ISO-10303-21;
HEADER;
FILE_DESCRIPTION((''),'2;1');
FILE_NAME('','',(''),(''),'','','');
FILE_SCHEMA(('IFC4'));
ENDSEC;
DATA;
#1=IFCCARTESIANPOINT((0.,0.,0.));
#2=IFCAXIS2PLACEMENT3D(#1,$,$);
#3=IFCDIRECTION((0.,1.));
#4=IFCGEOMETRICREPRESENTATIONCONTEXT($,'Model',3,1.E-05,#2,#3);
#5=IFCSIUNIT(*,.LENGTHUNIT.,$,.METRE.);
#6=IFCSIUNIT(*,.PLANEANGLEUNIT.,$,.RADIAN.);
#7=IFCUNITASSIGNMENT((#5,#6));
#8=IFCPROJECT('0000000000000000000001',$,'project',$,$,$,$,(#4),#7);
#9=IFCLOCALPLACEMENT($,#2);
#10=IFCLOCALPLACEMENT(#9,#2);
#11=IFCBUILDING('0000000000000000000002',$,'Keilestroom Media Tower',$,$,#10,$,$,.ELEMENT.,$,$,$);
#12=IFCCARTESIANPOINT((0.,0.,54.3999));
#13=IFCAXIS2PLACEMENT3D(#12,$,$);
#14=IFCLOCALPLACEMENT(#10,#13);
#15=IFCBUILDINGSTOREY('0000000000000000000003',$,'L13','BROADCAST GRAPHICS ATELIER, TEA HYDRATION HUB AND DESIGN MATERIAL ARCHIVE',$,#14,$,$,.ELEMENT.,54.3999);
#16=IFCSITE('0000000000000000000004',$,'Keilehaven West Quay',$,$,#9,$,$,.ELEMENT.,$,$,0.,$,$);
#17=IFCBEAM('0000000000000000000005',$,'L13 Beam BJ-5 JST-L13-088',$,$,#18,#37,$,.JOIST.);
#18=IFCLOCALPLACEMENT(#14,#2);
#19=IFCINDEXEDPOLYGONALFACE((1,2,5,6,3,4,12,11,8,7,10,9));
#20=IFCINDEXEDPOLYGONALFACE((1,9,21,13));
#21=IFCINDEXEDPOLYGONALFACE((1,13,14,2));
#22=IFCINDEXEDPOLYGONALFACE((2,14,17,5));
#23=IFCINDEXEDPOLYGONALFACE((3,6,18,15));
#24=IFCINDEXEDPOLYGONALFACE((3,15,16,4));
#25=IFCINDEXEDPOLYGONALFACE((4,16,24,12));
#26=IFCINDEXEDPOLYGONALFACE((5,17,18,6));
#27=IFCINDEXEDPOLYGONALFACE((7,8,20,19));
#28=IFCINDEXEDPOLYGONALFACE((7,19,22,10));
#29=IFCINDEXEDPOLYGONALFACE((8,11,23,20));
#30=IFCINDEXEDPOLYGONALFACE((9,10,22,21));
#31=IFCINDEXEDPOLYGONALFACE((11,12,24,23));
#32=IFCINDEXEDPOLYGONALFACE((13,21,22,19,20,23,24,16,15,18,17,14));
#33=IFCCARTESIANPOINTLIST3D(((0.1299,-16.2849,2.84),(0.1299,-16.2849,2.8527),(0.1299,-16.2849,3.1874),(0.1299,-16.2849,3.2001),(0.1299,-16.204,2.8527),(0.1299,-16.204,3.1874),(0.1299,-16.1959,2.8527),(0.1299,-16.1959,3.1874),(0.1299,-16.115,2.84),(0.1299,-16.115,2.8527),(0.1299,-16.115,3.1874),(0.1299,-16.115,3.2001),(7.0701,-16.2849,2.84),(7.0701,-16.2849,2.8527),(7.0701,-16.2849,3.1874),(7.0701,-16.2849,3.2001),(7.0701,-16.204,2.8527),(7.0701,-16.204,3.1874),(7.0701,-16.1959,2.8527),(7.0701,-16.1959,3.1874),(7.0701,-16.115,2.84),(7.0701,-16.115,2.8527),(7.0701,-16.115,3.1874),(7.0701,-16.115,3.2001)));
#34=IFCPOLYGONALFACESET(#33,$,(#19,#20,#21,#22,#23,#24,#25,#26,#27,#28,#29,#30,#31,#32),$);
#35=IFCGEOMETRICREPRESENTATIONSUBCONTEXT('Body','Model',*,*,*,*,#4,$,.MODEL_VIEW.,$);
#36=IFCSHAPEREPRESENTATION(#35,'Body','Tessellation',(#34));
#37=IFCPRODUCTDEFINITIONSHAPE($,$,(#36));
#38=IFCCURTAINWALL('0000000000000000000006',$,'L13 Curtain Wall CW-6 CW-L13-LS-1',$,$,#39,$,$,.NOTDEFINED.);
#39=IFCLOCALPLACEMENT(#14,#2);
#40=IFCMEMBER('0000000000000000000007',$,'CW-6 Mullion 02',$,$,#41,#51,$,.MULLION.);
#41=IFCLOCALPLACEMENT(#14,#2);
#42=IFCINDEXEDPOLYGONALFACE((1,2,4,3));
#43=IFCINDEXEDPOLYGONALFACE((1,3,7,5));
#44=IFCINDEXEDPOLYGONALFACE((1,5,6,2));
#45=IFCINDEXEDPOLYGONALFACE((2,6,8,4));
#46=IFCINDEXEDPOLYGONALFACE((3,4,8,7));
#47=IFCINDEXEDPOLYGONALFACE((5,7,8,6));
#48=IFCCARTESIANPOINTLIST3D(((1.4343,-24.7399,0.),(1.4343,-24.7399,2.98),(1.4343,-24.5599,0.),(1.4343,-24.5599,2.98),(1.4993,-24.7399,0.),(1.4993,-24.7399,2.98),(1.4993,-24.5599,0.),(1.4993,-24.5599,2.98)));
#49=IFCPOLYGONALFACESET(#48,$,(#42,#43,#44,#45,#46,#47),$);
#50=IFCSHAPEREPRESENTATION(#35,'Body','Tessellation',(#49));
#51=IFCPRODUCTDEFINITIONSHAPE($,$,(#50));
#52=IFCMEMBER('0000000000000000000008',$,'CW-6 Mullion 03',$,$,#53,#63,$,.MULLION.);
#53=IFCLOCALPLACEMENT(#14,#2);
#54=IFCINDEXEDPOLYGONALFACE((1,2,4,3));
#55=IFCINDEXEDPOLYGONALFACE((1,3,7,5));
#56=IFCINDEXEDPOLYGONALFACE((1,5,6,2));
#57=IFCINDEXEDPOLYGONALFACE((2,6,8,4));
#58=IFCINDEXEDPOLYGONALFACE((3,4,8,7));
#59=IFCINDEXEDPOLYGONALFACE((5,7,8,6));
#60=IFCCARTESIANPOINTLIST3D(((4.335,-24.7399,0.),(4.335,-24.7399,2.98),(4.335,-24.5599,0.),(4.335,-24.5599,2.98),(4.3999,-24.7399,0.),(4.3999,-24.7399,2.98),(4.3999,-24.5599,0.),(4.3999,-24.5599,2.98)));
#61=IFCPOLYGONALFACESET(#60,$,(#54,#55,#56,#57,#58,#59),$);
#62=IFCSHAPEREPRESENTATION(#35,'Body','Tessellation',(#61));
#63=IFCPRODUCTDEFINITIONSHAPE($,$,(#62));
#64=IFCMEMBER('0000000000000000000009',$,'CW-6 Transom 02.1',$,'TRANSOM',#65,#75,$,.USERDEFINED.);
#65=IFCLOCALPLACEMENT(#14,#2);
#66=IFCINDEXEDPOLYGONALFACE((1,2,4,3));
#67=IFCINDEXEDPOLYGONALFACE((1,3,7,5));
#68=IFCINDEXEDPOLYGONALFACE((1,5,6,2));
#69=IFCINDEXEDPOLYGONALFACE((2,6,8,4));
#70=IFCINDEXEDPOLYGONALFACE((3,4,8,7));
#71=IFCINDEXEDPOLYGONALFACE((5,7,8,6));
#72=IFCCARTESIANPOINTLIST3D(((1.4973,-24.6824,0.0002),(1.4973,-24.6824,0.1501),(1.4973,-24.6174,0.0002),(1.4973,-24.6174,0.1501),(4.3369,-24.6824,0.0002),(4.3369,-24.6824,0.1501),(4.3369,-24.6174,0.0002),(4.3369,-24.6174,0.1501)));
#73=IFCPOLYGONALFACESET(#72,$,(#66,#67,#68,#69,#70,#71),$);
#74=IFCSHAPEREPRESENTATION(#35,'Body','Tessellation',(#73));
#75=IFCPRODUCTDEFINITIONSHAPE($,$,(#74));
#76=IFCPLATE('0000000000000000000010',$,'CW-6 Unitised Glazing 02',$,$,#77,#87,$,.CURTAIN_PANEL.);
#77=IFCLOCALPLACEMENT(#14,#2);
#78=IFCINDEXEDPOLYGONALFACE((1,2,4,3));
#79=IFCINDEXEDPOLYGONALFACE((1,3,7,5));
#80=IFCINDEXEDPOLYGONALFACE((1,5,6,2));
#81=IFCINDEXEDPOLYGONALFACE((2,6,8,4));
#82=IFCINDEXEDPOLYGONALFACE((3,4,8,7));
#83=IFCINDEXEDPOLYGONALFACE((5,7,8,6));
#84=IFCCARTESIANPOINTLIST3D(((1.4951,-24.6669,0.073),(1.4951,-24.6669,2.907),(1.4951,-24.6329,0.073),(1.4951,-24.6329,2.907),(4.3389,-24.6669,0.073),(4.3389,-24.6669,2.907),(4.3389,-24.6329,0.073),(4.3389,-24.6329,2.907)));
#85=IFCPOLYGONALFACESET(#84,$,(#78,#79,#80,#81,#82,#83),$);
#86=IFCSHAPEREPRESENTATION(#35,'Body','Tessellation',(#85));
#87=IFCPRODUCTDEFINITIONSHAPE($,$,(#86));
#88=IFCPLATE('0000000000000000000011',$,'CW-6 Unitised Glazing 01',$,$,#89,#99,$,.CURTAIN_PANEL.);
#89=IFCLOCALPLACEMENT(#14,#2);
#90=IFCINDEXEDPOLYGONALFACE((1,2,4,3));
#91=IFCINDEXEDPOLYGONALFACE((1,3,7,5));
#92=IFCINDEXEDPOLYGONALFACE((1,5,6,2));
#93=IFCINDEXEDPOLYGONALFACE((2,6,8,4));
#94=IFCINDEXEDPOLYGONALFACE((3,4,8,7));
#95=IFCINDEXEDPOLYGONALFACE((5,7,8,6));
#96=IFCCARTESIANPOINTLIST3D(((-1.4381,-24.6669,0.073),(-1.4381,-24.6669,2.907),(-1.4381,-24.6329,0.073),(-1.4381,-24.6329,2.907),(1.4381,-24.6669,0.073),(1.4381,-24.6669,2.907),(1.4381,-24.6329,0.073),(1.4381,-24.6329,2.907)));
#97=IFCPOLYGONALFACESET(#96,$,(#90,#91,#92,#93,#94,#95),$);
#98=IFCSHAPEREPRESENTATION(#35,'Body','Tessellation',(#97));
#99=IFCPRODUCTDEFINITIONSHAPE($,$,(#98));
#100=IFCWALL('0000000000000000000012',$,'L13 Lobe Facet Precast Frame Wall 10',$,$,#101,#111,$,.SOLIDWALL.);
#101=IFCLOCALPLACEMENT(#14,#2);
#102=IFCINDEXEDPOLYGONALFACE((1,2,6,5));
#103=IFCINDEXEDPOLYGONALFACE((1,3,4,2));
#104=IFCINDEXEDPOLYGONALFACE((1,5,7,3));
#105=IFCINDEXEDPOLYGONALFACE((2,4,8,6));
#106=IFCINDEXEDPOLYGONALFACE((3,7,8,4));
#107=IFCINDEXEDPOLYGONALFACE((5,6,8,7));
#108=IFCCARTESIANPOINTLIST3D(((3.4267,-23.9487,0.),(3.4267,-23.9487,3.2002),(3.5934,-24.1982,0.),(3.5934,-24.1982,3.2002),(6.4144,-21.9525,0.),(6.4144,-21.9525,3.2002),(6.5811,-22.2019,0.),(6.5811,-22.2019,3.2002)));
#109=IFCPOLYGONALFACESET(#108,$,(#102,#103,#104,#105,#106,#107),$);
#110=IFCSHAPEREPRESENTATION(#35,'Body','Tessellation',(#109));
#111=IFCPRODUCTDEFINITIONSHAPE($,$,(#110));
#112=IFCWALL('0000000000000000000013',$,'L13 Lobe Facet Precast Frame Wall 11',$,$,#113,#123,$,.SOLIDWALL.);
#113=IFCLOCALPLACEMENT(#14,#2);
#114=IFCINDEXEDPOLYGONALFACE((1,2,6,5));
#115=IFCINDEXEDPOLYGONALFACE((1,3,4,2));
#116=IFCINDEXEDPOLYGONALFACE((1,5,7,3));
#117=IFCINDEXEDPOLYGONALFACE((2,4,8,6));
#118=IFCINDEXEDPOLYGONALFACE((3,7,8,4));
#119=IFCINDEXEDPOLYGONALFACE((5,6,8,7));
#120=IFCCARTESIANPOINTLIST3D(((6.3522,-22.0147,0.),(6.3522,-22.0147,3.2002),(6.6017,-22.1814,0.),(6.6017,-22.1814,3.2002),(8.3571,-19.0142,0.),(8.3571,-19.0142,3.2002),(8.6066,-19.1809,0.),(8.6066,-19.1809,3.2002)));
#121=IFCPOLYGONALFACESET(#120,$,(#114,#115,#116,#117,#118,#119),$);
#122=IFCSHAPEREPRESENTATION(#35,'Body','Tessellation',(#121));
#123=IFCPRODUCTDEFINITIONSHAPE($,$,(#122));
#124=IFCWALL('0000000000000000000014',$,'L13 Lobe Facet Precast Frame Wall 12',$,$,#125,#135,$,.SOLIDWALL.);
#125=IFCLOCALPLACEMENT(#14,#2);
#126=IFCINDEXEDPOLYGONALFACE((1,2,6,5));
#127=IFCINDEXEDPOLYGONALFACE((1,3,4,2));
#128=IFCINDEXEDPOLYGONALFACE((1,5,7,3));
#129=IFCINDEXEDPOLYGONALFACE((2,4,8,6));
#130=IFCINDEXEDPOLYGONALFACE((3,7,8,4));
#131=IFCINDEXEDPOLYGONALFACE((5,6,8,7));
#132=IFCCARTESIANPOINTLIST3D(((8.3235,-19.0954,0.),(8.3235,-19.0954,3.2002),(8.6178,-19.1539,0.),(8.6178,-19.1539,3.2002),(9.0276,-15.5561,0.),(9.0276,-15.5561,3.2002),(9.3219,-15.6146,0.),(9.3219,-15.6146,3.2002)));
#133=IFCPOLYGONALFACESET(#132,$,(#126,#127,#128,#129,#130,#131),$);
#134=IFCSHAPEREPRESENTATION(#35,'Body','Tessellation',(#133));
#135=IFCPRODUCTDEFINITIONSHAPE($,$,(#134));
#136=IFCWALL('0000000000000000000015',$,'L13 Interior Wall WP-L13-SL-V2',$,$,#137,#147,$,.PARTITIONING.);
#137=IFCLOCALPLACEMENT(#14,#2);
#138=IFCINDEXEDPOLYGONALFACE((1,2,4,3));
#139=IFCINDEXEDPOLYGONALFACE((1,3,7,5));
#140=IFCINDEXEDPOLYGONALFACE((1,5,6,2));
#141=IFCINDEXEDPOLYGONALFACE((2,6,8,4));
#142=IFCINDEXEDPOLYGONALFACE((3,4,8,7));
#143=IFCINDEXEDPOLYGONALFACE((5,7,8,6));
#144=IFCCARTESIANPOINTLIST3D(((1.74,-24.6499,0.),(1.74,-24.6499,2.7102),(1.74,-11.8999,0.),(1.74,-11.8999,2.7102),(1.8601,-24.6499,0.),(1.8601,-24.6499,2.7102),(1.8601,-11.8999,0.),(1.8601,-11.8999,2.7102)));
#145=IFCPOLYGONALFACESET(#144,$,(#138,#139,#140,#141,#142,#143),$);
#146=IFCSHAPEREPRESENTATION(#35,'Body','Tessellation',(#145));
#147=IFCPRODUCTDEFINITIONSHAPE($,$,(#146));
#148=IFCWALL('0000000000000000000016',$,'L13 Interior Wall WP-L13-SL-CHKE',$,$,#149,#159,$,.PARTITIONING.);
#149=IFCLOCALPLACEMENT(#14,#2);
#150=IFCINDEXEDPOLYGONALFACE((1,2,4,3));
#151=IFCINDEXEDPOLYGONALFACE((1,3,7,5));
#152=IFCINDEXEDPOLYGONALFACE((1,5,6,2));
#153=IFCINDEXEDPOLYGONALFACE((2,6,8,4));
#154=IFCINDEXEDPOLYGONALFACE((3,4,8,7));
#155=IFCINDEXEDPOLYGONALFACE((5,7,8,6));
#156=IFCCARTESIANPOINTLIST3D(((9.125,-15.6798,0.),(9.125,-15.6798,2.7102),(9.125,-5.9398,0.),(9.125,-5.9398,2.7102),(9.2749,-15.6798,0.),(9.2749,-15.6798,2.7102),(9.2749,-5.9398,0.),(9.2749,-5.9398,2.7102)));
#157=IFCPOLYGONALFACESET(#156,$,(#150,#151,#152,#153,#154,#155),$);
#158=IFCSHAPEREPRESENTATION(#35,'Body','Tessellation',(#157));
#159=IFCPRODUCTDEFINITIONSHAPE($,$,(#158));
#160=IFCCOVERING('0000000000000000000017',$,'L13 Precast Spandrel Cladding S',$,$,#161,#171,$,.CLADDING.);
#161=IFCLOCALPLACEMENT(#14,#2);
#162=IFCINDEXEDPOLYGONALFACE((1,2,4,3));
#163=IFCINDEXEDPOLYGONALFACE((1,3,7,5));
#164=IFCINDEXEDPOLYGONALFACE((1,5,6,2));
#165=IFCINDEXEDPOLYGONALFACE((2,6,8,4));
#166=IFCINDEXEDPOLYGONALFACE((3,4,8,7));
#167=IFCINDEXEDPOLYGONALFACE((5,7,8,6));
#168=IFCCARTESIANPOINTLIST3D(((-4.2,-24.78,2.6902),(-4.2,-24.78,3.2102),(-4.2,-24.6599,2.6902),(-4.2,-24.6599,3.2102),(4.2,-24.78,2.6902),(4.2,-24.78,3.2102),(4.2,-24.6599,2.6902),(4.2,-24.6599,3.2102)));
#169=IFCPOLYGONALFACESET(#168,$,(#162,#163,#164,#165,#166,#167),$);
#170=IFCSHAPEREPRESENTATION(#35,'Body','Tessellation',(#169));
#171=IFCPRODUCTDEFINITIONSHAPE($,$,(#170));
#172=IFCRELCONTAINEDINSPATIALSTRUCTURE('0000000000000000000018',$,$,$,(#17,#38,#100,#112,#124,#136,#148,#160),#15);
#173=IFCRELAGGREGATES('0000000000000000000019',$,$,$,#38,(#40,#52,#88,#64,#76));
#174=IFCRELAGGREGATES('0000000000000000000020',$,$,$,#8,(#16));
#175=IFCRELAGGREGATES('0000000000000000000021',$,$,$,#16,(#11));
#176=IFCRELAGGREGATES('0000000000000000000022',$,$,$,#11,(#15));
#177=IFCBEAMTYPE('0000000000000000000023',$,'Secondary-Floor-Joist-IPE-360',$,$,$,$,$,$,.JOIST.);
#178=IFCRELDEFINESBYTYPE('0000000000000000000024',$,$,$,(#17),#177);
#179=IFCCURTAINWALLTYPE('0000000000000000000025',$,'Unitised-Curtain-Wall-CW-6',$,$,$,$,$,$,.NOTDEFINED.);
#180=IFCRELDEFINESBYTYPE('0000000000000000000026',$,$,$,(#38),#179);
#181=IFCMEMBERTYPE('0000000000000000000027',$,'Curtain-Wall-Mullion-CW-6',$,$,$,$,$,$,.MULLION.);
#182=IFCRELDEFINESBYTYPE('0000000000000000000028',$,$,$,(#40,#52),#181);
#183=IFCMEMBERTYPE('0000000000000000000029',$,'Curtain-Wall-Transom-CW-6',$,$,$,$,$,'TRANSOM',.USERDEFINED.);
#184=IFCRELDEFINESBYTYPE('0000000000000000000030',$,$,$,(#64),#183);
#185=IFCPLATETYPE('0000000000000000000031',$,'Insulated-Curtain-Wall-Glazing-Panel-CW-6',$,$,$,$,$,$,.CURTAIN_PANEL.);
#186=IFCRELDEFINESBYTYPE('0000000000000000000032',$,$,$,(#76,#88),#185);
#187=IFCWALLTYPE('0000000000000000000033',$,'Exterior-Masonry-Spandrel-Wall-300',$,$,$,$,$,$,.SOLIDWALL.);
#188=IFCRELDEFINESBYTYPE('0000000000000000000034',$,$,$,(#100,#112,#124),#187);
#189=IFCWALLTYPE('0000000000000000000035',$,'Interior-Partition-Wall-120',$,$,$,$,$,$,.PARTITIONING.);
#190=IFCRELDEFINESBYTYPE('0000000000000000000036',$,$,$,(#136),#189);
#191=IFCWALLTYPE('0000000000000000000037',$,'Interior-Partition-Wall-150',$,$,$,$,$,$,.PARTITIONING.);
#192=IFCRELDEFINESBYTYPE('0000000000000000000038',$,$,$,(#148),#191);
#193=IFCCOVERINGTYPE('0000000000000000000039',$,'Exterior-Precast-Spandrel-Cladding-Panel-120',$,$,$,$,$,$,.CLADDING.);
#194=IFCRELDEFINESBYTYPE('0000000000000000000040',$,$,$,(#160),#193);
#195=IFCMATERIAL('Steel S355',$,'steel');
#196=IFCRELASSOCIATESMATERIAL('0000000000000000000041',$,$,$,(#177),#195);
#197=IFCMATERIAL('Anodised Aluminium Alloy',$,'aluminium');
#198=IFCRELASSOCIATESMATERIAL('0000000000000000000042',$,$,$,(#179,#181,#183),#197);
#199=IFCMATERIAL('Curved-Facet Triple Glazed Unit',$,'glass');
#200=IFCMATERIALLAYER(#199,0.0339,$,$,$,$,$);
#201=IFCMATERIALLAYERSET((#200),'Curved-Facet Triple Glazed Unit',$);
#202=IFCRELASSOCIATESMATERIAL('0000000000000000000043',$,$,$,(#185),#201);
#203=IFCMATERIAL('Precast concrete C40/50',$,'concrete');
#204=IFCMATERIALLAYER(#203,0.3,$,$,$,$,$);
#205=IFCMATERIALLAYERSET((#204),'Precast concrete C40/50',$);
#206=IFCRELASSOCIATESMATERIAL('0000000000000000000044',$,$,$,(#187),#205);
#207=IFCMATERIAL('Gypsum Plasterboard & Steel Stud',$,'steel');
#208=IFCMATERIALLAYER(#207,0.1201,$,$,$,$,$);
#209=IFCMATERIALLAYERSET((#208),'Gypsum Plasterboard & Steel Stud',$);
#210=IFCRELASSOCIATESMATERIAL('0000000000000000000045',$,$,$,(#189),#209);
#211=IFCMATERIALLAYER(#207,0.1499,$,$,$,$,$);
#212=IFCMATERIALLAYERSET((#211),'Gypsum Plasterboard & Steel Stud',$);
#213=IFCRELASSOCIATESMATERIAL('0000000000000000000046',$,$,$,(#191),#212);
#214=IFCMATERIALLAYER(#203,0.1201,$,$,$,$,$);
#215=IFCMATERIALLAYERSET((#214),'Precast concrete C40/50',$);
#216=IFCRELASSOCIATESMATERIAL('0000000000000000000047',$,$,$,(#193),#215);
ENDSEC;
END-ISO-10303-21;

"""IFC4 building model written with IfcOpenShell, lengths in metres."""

from ifc_helpers import new_model, si_unit, direction, frame, frame_2d, origin, origin_2d, place, context, subcontext, project, spatial, rectangle, i_section, extrude, source, transform, mapped, material, layer, layer_set, material_profile, profile_set, type_object, element, aggregate, save


model = new_model("IFC4")

# Units and contexts
model_context = context("Model", 3, precision=1e-05, world=origin(), true_north=direction((0.0, 1.0)))
body_context = subcontext(model_context, "Body", "Model", "MODEL_VIEW")
ifc_project = project(units=[si_unit("LENGTHUNIT", "METRE"), si_unit("PLANEANGLEUNIT", "RADIAN")], contexts=[model_context])

# Site, building, storey
site_placement = place(None, origin())
site = spatial("IfcSite", under=ifc_project, at=site_placement, Name="Keilehaven West Quay", CompositionType="ELEMENT", RefElevation=0.0)
building_placement = place(site_placement, origin())
building = spatial("IfcBuilding", under=site, at=building_placement, Name="Keilestroom Media Tower", CompositionType="ELEMENT")
storey_placement = place(building_placement, frame((0.0, 0.0, 54.3999)))
storey = spatial("IfcBuildingStorey", under=building, at=storey_placement, Name="L13", Description="BROADCAST GRAPHICS ATELIER, TEA HYDRATION HUB AND DESIGN MATERIAL ARCHIVE", CompositionType="ELEMENT", Elevation=54.3999)

# Beam
ifc_material_1 = material(Name="Steel S355", Category="steel")
ifc_material_profile_1 = material_profile(ifc_material_1, i_section(OverallWidth=0.1699, OverallDepth=0.3601, WebThickness=0.0081, FlangeThickness=0.0127, at=origin_2d()), Name="IPE 360")
ifc_profile_set_1 = profile_set([ifc_material_profile_1], Name="Steel S355")
beam_type_1 = type_object("IfcBeamType", Name="Secondary-Floor-Joist-IPE-360", PredefinedType="JOIST", material=ifc_profile_set_1)
shared_shape_1 = source(origin(), body_context, "Body", "SweptSolid", [
    extrude(i_section(OverallWidth=0.1699, OverallDepth=0.3601, WebThickness=0.0081, FlangeThickness=0.0127, at=origin_2d()), origin(), (0.0, 0.0, 1.0), 6.9402),
])
beam_1_placement = place(storey_placement, frame((0.1299, -16.2, 3.02), z_axis=(1.0, 0.0, 0.0), x_axis=(0.0, 1.0, 0.0)))
element("IfcBeam", 1, at=beam_1_placement, inside=storey, type_object=beam_type_1, Name="L13 Beam BJ-5 JST-L13-088", PredefinedType="JOIST", context=body_context, shape_type="MappedRepresentation", body=[
    mapped(shared_shape_1, transform((0.0, 0.0, 0.0), x_axis=(1.0, 0.0, 0.0), y_axis=(0.0, 1.0, 0.0), z_axis=(0.0, 0.0, 1.0), scale=1.0)),
])

# Curtain wall, members, plates
ifc_material_2 = material(Name="Anodised Aluminium Alloy", Category="aluminium")
curtain_wall_type = type_object("IfcCurtainWallType", Name="Unitised-Curtain-Wall-CW-6", PredefinedType="NOTDEFINED", material=ifc_material_2)
curtain_wall_placement = place(storey_placement, origin())
curtain_wall = element("IfcCurtainWall", 2, at=curtain_wall_placement, inside=storey, type_object=curtain_wall_type, Name="L13 Curtain Wall CW-6 CW-L13-LS-1", PredefinedType="NOTDEFINED")
ifc_material_profile_2 = material_profile(ifc_material_2, rectangle(XDim=0.0649, YDim=0.1799, at=origin_2d()), Name="ALU MULLION 65x180")
ifc_profile_set_2 = profile_set([ifc_material_profile_2], Name="Anodised Aluminium Alloy")
member_type_1 = type_object("IfcMemberType", Name="Curtain-Wall-Mullion-CW-6", PredefinedType="MULLION", material=ifc_profile_set_2)
shared_shape_2 = source(origin(), body_context, "Body", "SweptSolid", [
    extrude(rectangle(XDim=0.0649, YDim=0.1799, at=origin_2d()), origin(), (0.0, 0.0, 1.0), 2.98),
])
member_1_placement = place(storey_placement, frame((1.4668, -24.6499, 0.0), z_axis=(0.0, 0.0, 1.0), x_axis=(1.0, 0.0, 0.0)))
member_1 = element("IfcMember", 3, at=member_1_placement, type_object=member_type_1, Name="CW-6 Mullion 02", PredefinedType="MULLION", context=body_context, shape_type="MappedRepresentation", body=[
    mapped(shared_shape_2, transform((0.0, 0.0, 0.0), x_axis=(1.0, 0.0, 0.0), y_axis=(0.0, 1.0, 0.0), z_axis=(0.0, 0.0, 1.0), scale=1.0)),
])
member_2_placement = place(storey_placement, frame((4.3674, -24.6499, 0.0), z_axis=(0.0, 0.0, 1.0), x_axis=(1.0, 0.0, 0.0)))
member_2 = element("IfcMember", 4, at=member_2_placement, type_object=member_type_1, Name="CW-6 Mullion 03", PredefinedType="MULLION", context=body_context, shape_type="MappedRepresentation", body=[
    mapped(shared_shape_2, transform((0.0, 0.0, 0.0), x_axis=(1.0, 0.0, 0.0), y_axis=(0.0, 1.0, 0.0), z_axis=(0.0, 0.0, 1.0), scale=1.0)),
])
ifc_material_profile_3 = material_profile(ifc_material_2, rectangle(XDim=0.0649, YDim=0.1499, at=origin_2d()), Name="ALU TRANSOM 65x150")
ifc_profile_set_3 = profile_set([ifc_material_profile_3], Name="Anodised Aluminium Alloy")
member_type_2 = type_object("IfcMemberType", Name="Curtain-Wall-Transom-CW-6", ElementType="TRANSOM", PredefinedType="USERDEFINED", material=ifc_profile_set_3)
shared_shape_3 = source(origin(), body_context, "Body", "SweptSolid", [
    extrude(rectangle(XDim=0.0649, YDim=0.1499, at=origin_2d()), origin(), (0.0, 0.0, 1.0), 2.8396),
])
member_3_placement = place(storey_placement, frame((1.4973, -24.6499, 0.0752), z_axis=(1.0, 0.0, 0.0), x_axis=(0.0, 1.0, 0.0)))
member_3 = element("IfcMember", 5, at=member_3_placement, type_object=member_type_2, Name="CW-6 Transom 02.1", ObjectType="TRANSOM", PredefinedType="USERDEFINED", context=body_context, shape_type="MappedRepresentation", body=[
    mapped(shared_shape_3, transform((0.0, 0.0, 0.0), x_axis=(1.0, 0.0, 0.0), y_axis=(0.0, 1.0, 0.0), z_axis=(0.0, 0.0, 1.0), scale=1.0)),
])
ifc_material_3 = material(Name="Curved-Facet Triple Glazed Unit", Category="glass")
ifc_layer_1 = layer(ifc_material_3, 0.0339)
ifc_layer_set_1 = layer_set([ifc_layer_1], Name="Curved-Facet Triple Glazed Unit")
plate_type = type_object("IfcPlateType", Name="Insulated-Curtain-Wall-Glazing-Panel-CW-6", PredefinedType="CURTAIN_PANEL", material=ifc_layer_set_1)
shared_shape_4 = source(origin(), body_context, "Body", "SweptSolid", [
    extrude(rectangle(XDim=2.8438, YDim=0.0339, at=origin_2d()), origin(), (0.0, 0.0, 1.0), 2.834),
])
plate_1_placement = place(storey_placement, frame((2.917, -24.6499, 0.073), z_axis=(0.0, 0.0, 1.0), x_axis=(1.0, 0.0, 0.0)))
plate_1 = element("IfcPlate", 6, at=plate_1_placement, type_object=plate_type, Name="CW-6 Unitised Glazing 02", PredefinedType="CURTAIN_PANEL", context=body_context, shape_type="MappedRepresentation", body=[
    mapped(shared_shape_4, transform((0.0, 0.0, 0.0), x_axis=(1.0, 0.0, 0.0), y_axis=(0.0, 1.0, 0.0), z_axis=(0.0, 0.0, 1.0), scale=1.0)),
])
shared_shape_5 = source(origin(), body_context, "Body", "SweptSolid", [
    extrude(rectangle(XDim=2.8762, YDim=0.0339, at=origin_2d()), origin(), (0.0, 0.0, 1.0), 2.834),
])
plate_2_placement = place(storey_placement, frame((0.0, -24.6499, 0.073), z_axis=(0.0, 0.0, 1.0), x_axis=(1.0, 0.0, 0.0)))
plate_2 = element("IfcPlate", 7, at=plate_2_placement, type_object=plate_type, Name="CW-6 Unitised Glazing 01", PredefinedType="CURTAIN_PANEL", context=body_context, shape_type="MappedRepresentation", body=[
    mapped(shared_shape_5, transform((0.0, 0.0, 0.0), x_axis=(1.0, 0.0, 0.0), y_axis=(0.0, 1.0, 0.0), z_axis=(0.0, 0.0, 1.0), scale=1.0)),
])
aggregate(curtain_wall, [member_1, member_2, plate_2, member_3, plate_1])

# Walls
ifc_material_4 = material(Name="Precast concrete C40/50", Category="concrete")
ifc_layer_2 = layer(ifc_material_4, 0.3)
ifc_layer_set_2 = layer_set([ifc_layer_2], Name="Precast concrete C40/50")
wall_type_1 = type_object("IfcWallType", Name="Exterior-Masonry-Spandrel-Wall-300", PredefinedType="SOLIDWALL", material=ifc_layer_set_2)
wall_1_placement = place(storey_placement, frame((3.51, -24.0735, 0.0), z_axis=(0.0, 0.0, 1.0), x_axis=(0.831475, 0.555562, 0.0)))
element("IfcWall", 8, at=wall_1_placement, inside=storey, type_object=wall_type_1, Name="L13 Lobe Facet Precast Frame Wall 10", PredefinedType="SOLIDWALL", context=body_context, shape_type="SweptSolid", body=[
    extrude(rectangle(XDim=3.5933, YDim=0.3, at=frame_2d((1.7966, 0.0))), origin(), (0.0, 0.0, 1.0), 3.2002),
])
for number, where, z_axis, x_axis, name in (
    (9, (6.4771, -22.0979, 0.0), (0.0, 0.0, 1.0), (0.555574, 0.831467, 0.0), "L13 Lobe Facet Precast Frame Wall 11"),
    (10, (8.4707, -19.1245, 0.0), (0.0, 0.0, 1.0), (0.195114, 0.980781, 0.0), "L13 Lobe Facet Precast Frame Wall 12"),
):
    element("IfcWall", number, at=place(storey_placement, frame(where, z_axis=z_axis, x_axis=x_axis)), inside=storey, type_object=wall_type_1, Name=name, PredefinedType="SOLIDWALL", context=body_context, shape_type="SweptSolid", body=[
        extrude(rectangle(XDim=3.6086, YDim=0.3, at=frame_2d((1.8042, 0.0))), origin(), (0.0, 0.0, 1.0), 3.2002),
    ])
ifc_material_5 = material(Name="Gypsum Plasterboard & Steel Stud", Category="steel")
ifc_layer_3 = layer(ifc_material_5, 0.1201)
ifc_layer_set_3 = layer_set([ifc_layer_3], Name="Gypsum Plasterboard & Steel Stud")
wall_type_2 = type_object("IfcWallType", Name="Interior-Partition-Wall-120", PredefinedType="PARTITIONING", material=ifc_layer_set_3)
wall_2_placement = place(storey_placement, frame((1.8, -24.6499, 0.0), z_axis=(0.0, 0.0, 1.0), x_axis=(0.0, 1.0, 0.0)))
element("IfcWall", 11, at=wall_2_placement, inside=storey, type_object=wall_type_2, Name="L13 Interior Wall WP-L13-SL-V2", PredefinedType="PARTITIONING", context=body_context, shape_type="SweptSolid", body=[
    extrude(rectangle(XDim=12.75, YDim=0.1201, at=frame_2d((6.375, 0.0))), origin(), (0.0, 0.0, 1.0), 2.7102),
])
ifc_layer_4 = layer(ifc_material_5, 0.1499)
ifc_layer_set_4 = layer_set([ifc_layer_4], Name="Gypsum Plasterboard & Steel Stud")
wall_type_3 = type_object("IfcWallType", Name="Interior-Partition-Wall-150", PredefinedType="PARTITIONING", material=ifc_layer_set_4)
wall_3_placement = place(storey_placement, frame((9.2, -15.6799, 0.0), z_axis=(0.0, 0.0, 1.0), x_axis=(0.0, 1.0, 0.0)))
element("IfcWall", 12, at=wall_3_placement, inside=storey, type_object=wall_type_3, Name="L13 Interior Wall WP-L13-SL-CHKE", PredefinedType="PARTITIONING", context=body_context, shape_type="SweptSolid", body=[
    extrude(rectangle(XDim=9.74, YDim=0.1499, at=frame_2d((4.8701, 0.0))), origin(), (0.0, 0.0, 1.0), 2.7102),
])

# Covering
ifc_layer_5 = layer(ifc_material_4, 0.1201)
ifc_layer_set_5 = layer_set([ifc_layer_5], Name="Precast concrete C40/50")
covering_type = type_object("IfcCoveringType", Name="Exterior-Precast-Spandrel-Cladding-Panel-120", PredefinedType="CLADDING", material=ifc_layer_set_5)
shared_shape_6 = source(origin(), body_context, "Body", "SweptSolid", [
    extrude(rectangle(XDim=8.3999, YDim=0.1201, at=origin_2d()), origin(), (0.0, 0.0, 1.0), 0.52),
])
covering_1_placement = place(storey_placement, frame((0.0, -24.72, 2.6902), z_axis=(0.0, 0.0, 1.0), x_axis=(1.0, 0.0, 0.0)))
element("IfcCovering", 13, at=covering_1_placement, inside=storey, type_object=covering_type, Name="L13 Precast Spandrel Cladding S", PredefinedType="CLADDING", context=body_context, shape_type="MappedRepresentation", body=[
    mapped(shared_shape_6, transform((0.0, 0.0, 0.0), x_axis=(1.0, 0.0, 0.0), y_axis=(0.0, 1.0, 0.0), z_axis=(0.0, 0.0, 1.0), scale=1.0)),
])

save(model, "model.ifc")
